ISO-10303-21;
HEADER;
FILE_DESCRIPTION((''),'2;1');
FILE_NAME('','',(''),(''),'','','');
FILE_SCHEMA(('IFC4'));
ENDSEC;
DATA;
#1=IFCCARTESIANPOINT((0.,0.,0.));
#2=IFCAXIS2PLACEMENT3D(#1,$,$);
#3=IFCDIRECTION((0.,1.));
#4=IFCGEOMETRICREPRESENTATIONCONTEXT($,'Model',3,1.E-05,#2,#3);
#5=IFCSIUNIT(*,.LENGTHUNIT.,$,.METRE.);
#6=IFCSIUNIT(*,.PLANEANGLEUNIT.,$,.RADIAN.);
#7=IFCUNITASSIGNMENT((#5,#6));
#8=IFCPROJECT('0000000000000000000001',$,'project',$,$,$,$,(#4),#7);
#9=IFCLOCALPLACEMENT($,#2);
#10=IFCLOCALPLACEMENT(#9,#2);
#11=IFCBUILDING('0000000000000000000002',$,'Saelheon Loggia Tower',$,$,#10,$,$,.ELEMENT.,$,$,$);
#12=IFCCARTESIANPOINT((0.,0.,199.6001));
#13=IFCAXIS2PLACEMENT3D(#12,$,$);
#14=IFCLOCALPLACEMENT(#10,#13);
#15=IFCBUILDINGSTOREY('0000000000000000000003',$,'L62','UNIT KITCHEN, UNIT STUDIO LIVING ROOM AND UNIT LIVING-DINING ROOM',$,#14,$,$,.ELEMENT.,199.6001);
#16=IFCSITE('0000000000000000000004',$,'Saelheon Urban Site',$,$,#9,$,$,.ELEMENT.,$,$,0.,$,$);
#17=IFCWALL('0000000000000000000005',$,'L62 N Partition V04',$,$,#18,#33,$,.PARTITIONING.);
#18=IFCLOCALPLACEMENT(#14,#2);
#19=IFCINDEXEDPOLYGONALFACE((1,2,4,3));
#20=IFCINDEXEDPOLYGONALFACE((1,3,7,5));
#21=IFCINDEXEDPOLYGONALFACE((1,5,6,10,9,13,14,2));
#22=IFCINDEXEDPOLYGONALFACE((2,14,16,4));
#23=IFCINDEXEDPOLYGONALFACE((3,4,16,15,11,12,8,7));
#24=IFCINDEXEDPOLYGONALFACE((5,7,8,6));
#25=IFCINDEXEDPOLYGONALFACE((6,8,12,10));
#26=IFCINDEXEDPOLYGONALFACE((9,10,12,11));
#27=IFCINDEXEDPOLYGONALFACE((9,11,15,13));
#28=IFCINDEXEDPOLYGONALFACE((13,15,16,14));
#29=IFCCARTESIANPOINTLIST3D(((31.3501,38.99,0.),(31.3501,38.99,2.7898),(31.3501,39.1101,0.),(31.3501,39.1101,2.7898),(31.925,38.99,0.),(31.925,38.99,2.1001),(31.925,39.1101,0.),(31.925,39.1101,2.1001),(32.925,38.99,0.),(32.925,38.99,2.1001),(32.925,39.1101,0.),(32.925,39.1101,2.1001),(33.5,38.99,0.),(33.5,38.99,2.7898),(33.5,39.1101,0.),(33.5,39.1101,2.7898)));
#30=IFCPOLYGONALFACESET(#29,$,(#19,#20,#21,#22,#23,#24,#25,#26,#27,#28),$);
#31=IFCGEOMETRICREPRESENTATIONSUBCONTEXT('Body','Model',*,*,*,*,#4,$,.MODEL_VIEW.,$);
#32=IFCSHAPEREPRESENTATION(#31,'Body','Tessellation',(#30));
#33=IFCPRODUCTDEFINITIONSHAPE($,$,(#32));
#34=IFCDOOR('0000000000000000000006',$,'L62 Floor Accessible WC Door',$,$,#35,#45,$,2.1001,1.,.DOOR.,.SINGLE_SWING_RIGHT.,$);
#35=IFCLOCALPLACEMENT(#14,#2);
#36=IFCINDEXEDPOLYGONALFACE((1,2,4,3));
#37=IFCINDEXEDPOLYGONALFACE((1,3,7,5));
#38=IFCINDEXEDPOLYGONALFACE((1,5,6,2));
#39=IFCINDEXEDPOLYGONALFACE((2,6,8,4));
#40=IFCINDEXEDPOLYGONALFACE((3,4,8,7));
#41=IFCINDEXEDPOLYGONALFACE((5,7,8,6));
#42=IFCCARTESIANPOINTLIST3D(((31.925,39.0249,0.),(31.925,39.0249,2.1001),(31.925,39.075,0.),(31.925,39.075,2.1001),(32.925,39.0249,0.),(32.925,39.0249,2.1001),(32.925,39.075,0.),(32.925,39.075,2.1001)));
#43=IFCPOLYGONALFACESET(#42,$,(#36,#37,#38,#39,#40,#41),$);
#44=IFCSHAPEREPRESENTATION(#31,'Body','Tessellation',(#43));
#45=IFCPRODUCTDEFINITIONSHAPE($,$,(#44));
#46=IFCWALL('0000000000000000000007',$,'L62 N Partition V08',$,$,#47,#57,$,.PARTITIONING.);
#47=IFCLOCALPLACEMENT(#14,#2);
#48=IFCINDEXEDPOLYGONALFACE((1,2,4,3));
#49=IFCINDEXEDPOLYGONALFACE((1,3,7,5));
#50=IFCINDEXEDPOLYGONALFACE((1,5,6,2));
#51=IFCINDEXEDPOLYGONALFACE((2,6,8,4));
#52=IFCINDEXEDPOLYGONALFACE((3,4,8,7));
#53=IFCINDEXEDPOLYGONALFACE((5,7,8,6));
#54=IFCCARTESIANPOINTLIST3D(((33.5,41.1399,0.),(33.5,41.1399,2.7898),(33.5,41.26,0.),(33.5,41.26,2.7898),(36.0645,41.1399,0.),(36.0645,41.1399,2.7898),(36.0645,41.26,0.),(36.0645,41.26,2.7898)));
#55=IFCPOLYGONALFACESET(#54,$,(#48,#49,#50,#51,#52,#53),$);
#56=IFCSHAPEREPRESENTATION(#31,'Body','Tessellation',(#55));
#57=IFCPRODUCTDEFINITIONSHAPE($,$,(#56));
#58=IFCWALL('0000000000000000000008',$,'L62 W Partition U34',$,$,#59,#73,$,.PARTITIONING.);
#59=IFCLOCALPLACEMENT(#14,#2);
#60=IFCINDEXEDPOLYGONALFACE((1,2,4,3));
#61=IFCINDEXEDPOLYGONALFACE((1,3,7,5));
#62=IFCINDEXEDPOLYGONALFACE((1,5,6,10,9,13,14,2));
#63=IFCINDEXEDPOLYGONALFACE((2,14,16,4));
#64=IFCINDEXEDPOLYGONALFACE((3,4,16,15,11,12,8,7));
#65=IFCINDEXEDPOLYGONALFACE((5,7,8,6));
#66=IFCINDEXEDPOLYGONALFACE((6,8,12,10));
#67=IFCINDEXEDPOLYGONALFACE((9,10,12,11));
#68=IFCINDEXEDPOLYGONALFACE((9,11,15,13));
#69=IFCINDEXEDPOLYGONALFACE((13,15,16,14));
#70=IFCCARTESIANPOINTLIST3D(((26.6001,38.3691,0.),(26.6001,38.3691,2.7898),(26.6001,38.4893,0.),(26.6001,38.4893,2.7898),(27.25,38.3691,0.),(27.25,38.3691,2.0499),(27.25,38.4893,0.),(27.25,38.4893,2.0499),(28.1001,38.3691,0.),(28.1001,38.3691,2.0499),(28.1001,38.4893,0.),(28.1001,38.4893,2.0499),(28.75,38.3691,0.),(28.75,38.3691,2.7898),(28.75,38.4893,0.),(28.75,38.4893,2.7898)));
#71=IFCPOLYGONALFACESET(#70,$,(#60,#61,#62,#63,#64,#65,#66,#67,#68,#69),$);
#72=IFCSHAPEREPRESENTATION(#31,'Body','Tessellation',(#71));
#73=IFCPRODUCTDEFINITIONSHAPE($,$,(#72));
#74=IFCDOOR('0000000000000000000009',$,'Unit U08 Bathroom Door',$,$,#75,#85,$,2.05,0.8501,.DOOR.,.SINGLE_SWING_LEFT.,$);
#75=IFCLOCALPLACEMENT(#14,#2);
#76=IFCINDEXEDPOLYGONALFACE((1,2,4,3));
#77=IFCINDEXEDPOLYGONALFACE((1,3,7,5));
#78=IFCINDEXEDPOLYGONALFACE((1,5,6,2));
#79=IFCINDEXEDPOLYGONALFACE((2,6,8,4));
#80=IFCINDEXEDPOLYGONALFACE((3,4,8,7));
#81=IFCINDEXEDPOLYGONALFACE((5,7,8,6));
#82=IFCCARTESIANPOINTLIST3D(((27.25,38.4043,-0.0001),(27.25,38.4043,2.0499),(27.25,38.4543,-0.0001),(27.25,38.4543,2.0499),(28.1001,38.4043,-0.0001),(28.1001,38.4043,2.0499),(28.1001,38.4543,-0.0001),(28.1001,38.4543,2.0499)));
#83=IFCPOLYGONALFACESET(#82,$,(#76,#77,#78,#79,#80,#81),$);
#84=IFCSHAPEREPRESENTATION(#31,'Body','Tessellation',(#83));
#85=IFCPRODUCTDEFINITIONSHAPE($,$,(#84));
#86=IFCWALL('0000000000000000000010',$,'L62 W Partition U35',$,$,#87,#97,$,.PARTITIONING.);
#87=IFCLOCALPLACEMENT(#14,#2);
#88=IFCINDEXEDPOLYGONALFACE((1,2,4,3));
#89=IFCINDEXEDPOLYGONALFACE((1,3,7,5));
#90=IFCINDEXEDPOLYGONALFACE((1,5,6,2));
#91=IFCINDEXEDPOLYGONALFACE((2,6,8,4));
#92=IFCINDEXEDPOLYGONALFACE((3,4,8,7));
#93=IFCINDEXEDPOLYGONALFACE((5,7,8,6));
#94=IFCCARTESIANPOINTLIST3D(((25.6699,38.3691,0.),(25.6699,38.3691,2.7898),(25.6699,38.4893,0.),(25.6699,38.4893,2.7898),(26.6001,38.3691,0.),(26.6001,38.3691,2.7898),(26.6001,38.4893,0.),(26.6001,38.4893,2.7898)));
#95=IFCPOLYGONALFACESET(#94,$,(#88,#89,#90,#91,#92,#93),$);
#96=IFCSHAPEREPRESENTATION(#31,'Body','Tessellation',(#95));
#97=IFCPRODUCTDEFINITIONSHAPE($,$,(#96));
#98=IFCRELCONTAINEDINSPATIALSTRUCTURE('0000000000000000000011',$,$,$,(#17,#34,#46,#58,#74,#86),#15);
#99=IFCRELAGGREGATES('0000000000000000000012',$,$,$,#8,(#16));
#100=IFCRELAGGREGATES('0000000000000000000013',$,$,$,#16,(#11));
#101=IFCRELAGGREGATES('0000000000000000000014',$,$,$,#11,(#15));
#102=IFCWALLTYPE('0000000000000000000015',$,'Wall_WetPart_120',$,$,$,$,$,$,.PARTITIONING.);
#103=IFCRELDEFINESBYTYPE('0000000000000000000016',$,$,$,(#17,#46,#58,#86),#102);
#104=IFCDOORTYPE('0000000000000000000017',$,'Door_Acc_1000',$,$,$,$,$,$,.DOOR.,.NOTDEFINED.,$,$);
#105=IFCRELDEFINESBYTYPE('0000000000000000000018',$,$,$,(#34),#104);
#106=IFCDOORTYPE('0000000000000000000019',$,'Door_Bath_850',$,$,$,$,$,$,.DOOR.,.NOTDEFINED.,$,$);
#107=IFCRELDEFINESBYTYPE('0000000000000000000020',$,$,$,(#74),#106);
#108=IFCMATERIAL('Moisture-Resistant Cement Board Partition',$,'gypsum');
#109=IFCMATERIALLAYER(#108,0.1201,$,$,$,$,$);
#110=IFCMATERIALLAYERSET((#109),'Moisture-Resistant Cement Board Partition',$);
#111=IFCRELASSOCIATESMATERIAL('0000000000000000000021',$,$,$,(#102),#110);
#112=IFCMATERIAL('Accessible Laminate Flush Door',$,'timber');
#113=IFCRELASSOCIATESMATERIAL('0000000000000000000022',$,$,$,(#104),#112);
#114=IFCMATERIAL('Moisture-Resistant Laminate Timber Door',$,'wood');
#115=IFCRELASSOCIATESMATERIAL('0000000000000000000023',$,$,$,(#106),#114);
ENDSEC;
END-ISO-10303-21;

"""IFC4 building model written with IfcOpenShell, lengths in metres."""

from ifc_helpers import new_model, si_unit, direction, frame, frame_2d, origin, place, context, subcontext, project, spatial, rectangle, extrude, source, transform, mapped, material, layer, layer_set, type_object, element, fill, save


model = new_model("IFC4")

# Units and contexts
model_context = context("Model", 3, precision=1e-05, world=origin(), true_north=direction((0.0, 1.0)))
body_context = subcontext(model_context, "Body", "Model", "MODEL_VIEW")
ifc_project = project(units=[si_unit("LENGTHUNIT", "METRE"), si_unit("PLANEANGLEUNIT", "RADIAN")], contexts=[model_context])

# Site, building, storey
site_placement = place(None, origin())
site = spatial("IfcSite", under=ifc_project, at=site_placement, Name="Saelheon Urban Site", CompositionType="ELEMENT", RefElevation=0.0)
building_placement = place(site_placement, origin())
building = spatial("IfcBuilding", under=site, at=building_placement, Name="Saelheon Loggia Tower", CompositionType="ELEMENT")
storey_placement = place(building_placement, frame((0.0, 0.0, 199.6001)))
storey = spatial("IfcBuildingStorey", under=building, at=storey_placement, Name="L62", Description="UNIT KITCHEN, UNIT STUDIO LIVING ROOM AND UNIT LIVING-DINING ROOM", CompositionType="ELEMENT", Elevation=199.6001)

# Wall, opening, door
ifc_material_1 = material(Name="Moisture-Resistant Cement Board Partition", Category="gypsum")
ifc_layer_1 = layer(ifc_material_1, 0.1201)
ifc_layer_set_1 = layer_set([ifc_layer_1], Name="Moisture-Resistant Cement Board Partition")
wall_type_1 = type_object("IfcWallType", Name="Wall_WetPart_120", PredefinedType="PARTITIONING", material=ifc_layer_set_1)
wall_1_placement = place(storey_placement, frame((31.3501, 39.05, 0.0), z_axis=(0.0, 0.0, 1.0), x_axis=(1.0, 0.0, 0.0)))
wall_1 = element("IfcWall", 1, at=wall_1_placement, inside=storey, type_object=wall_type_1, Name="L62 N Partition V04", PredefinedType="PARTITIONING", context=body_context, shape_type="SweptSolid", body=[
    extrude(rectangle(XDim=2.1499, YDim=0.1201, at=frame_2d((1.075, 0.0))), origin(), (0.0, 0.0, 1.0), 2.7898),
])
opening_1_placement = place(wall_1_placement, frame((0.575, 0.0, 0.0)))
opening_1 = element("IfcOpeningElement", 2, at=opening_1_placement, cuts=wall_1, PredefinedType="OPENING", context=body_context, shape_type="SweptSolid", body=[
    extrude(rectangle(XDim=1.0, YDim=2.1001, at=frame_2d((0.5, 1.05))), frame((0.0, 0.072, 0.0), z_axis=(0.0, -1.0, 0.0), x_axis=(1.0, 0.0, 0.0)), (0.0, 0.0, 1.0), 0.144),
])
ifc_material_2 = material(Name="Accessible Laminate Flush Door", Category="timber")
door_type_1 = type_object("IfcDoorType", Name="Door_Acc_1000", OperationType="NOTDEFINED", PredefinedType="DOOR", material=ifc_material_2)
shared_shape_1 = source(origin(), body_context, "Body", "SweptSolid", [
    extrude(rectangle(XDim=1.0, YDim=2.1001, at=frame_2d((0.5, 1.05))), frame((0.0, 0.0249, 0.0), z_axis=(0.0, -1.0, 0.0), x_axis=(1.0, 0.0, 0.0)), (0.0, 0.0, 1.0), 0.05),
])
door_1_placement = place(opening_1_placement, origin())
door_1 = element("IfcDoor", 3, at=door_1_placement, inside=storey, type_object=door_type_1, Name="L62 Floor Accessible WC Door", OperationType="SINGLE_SWING_RIGHT", OverallHeight=2.1001, OverallWidth=1.0, PredefinedType="DOOR", context=body_context, shape_type="MappedRepresentation", body=[
    mapped(shared_shape_1, transform((0.0, 0.0, 0.0), scale=1.0)),
])
fill(opening_1, door_1)

# Wall
wall_2_placement = place(storey_placement, frame((33.5, 41.2, 0.0), z_axis=(0.0, 0.0, 1.0), x_axis=(1.0, 0.0, 0.0)))
element("IfcWall", 4, at=wall_2_placement, inside=storey, type_object=wall_type_1, Name="L62 N Partition V08", PredefinedType="PARTITIONING", context=body_context, shape_type="SweptSolid", body=[
    extrude(rectangle(XDim=2.5645, YDim=0.1201, at=frame_2d((1.2822, 0.0))), origin(), (0.0, 0.0, 1.0), 2.7898),
])

# Wall, opening, door
wall_3_placement = place(storey_placement, frame((28.75, 38.4292, 0.0), z_axis=(0.0, 0.0, 1.0), x_axis=(-1.0, 0.0, 0.0)))
wall_3 = element("IfcWall", 5, at=wall_3_placement, inside=storey, type_object=wall_type_1, Name="L62 W Partition U34", PredefinedType="PARTITIONING", context=body_context, shape_type="SweptSolid", body=[
    extrude(rectangle(XDim=2.1499, YDim=0.1201, at=frame_2d((1.075, 0.0))), origin(), (0.0, 0.0, 1.0), 2.7898),
])
opening_2_placement = place(wall_3_placement, frame((0.6499, 0.0, 0.0)))
opening_2 = element("IfcOpeningElement", 6, at=opening_2_placement, cuts=wall_3, PredefinedType="OPENING", context=body_context, shape_type="SweptSolid", body=[
    extrude(rectangle(XDim=0.8501, YDim=2.05, at=frame_2d((0.425, 1.0249))), frame((0.0, 0.072, 0.0), z_axis=(0.0, -1.0, 0.0), x_axis=(1.0, 0.0, 0.0)), (0.0, 0.0, 1.0), 0.144),
])
ifc_material_3 = material(Name="Moisture-Resistant Laminate Timber Door", Category="wood")
door_type_2 = type_object("IfcDoorType", Name="Door_Bath_850", OperationType="NOTDEFINED", PredefinedType="DOOR", material=ifc_material_3)
shared_shape_2 = source(origin(), body_context, "Body", "SweptSolid", [
    extrude(rectangle(XDim=0.8501, YDim=2.05, at=frame_2d((0.425, 1.0249))), frame((0.0, 0.0249, 0.0), z_axis=(0.0, -1.0, 0.0), x_axis=(1.0, 0.0, 0.0)), (0.0, 0.0, 1.0), 0.05),
])
door_2_placement = place(opening_2_placement, origin())
door_2 = element("IfcDoor", 7, at=door_2_placement, inside=storey, type_object=door_type_2, Name="Unit U08 Bathroom Door", OperationType="SINGLE_SWING_LEFT", OverallHeight=2.05, OverallWidth=0.8501, PredefinedType="DOOR", context=body_context, shape_type="MappedRepresentation", body=[
    mapped(shared_shape_2, transform((0.0, 0.0, 0.0), scale=1.0)),
])
fill(opening_2, door_2)

# Wall
wall_4_placement = place(storey_placement, frame((26.6001, 38.4292, 0.0), z_axis=(0.0, 0.0, 1.0), x_axis=(-1.0, 0.0, 0.0)))
element("IfcWall", 8, at=wall_4_placement, inside=storey, type_object=wall_type_1, Name="L62 W Partition U35", PredefinedType="PARTITIONING", context=body_context, shape_type="SweptSolid", body=[
    extrude(rectangle(XDim=0.9302, YDim=0.1201, at=frame_2d((0.4651, 0.0))), origin(), (0.0, 0.0, 1.0), 2.7898),
])

save(model, "model.ifc")
